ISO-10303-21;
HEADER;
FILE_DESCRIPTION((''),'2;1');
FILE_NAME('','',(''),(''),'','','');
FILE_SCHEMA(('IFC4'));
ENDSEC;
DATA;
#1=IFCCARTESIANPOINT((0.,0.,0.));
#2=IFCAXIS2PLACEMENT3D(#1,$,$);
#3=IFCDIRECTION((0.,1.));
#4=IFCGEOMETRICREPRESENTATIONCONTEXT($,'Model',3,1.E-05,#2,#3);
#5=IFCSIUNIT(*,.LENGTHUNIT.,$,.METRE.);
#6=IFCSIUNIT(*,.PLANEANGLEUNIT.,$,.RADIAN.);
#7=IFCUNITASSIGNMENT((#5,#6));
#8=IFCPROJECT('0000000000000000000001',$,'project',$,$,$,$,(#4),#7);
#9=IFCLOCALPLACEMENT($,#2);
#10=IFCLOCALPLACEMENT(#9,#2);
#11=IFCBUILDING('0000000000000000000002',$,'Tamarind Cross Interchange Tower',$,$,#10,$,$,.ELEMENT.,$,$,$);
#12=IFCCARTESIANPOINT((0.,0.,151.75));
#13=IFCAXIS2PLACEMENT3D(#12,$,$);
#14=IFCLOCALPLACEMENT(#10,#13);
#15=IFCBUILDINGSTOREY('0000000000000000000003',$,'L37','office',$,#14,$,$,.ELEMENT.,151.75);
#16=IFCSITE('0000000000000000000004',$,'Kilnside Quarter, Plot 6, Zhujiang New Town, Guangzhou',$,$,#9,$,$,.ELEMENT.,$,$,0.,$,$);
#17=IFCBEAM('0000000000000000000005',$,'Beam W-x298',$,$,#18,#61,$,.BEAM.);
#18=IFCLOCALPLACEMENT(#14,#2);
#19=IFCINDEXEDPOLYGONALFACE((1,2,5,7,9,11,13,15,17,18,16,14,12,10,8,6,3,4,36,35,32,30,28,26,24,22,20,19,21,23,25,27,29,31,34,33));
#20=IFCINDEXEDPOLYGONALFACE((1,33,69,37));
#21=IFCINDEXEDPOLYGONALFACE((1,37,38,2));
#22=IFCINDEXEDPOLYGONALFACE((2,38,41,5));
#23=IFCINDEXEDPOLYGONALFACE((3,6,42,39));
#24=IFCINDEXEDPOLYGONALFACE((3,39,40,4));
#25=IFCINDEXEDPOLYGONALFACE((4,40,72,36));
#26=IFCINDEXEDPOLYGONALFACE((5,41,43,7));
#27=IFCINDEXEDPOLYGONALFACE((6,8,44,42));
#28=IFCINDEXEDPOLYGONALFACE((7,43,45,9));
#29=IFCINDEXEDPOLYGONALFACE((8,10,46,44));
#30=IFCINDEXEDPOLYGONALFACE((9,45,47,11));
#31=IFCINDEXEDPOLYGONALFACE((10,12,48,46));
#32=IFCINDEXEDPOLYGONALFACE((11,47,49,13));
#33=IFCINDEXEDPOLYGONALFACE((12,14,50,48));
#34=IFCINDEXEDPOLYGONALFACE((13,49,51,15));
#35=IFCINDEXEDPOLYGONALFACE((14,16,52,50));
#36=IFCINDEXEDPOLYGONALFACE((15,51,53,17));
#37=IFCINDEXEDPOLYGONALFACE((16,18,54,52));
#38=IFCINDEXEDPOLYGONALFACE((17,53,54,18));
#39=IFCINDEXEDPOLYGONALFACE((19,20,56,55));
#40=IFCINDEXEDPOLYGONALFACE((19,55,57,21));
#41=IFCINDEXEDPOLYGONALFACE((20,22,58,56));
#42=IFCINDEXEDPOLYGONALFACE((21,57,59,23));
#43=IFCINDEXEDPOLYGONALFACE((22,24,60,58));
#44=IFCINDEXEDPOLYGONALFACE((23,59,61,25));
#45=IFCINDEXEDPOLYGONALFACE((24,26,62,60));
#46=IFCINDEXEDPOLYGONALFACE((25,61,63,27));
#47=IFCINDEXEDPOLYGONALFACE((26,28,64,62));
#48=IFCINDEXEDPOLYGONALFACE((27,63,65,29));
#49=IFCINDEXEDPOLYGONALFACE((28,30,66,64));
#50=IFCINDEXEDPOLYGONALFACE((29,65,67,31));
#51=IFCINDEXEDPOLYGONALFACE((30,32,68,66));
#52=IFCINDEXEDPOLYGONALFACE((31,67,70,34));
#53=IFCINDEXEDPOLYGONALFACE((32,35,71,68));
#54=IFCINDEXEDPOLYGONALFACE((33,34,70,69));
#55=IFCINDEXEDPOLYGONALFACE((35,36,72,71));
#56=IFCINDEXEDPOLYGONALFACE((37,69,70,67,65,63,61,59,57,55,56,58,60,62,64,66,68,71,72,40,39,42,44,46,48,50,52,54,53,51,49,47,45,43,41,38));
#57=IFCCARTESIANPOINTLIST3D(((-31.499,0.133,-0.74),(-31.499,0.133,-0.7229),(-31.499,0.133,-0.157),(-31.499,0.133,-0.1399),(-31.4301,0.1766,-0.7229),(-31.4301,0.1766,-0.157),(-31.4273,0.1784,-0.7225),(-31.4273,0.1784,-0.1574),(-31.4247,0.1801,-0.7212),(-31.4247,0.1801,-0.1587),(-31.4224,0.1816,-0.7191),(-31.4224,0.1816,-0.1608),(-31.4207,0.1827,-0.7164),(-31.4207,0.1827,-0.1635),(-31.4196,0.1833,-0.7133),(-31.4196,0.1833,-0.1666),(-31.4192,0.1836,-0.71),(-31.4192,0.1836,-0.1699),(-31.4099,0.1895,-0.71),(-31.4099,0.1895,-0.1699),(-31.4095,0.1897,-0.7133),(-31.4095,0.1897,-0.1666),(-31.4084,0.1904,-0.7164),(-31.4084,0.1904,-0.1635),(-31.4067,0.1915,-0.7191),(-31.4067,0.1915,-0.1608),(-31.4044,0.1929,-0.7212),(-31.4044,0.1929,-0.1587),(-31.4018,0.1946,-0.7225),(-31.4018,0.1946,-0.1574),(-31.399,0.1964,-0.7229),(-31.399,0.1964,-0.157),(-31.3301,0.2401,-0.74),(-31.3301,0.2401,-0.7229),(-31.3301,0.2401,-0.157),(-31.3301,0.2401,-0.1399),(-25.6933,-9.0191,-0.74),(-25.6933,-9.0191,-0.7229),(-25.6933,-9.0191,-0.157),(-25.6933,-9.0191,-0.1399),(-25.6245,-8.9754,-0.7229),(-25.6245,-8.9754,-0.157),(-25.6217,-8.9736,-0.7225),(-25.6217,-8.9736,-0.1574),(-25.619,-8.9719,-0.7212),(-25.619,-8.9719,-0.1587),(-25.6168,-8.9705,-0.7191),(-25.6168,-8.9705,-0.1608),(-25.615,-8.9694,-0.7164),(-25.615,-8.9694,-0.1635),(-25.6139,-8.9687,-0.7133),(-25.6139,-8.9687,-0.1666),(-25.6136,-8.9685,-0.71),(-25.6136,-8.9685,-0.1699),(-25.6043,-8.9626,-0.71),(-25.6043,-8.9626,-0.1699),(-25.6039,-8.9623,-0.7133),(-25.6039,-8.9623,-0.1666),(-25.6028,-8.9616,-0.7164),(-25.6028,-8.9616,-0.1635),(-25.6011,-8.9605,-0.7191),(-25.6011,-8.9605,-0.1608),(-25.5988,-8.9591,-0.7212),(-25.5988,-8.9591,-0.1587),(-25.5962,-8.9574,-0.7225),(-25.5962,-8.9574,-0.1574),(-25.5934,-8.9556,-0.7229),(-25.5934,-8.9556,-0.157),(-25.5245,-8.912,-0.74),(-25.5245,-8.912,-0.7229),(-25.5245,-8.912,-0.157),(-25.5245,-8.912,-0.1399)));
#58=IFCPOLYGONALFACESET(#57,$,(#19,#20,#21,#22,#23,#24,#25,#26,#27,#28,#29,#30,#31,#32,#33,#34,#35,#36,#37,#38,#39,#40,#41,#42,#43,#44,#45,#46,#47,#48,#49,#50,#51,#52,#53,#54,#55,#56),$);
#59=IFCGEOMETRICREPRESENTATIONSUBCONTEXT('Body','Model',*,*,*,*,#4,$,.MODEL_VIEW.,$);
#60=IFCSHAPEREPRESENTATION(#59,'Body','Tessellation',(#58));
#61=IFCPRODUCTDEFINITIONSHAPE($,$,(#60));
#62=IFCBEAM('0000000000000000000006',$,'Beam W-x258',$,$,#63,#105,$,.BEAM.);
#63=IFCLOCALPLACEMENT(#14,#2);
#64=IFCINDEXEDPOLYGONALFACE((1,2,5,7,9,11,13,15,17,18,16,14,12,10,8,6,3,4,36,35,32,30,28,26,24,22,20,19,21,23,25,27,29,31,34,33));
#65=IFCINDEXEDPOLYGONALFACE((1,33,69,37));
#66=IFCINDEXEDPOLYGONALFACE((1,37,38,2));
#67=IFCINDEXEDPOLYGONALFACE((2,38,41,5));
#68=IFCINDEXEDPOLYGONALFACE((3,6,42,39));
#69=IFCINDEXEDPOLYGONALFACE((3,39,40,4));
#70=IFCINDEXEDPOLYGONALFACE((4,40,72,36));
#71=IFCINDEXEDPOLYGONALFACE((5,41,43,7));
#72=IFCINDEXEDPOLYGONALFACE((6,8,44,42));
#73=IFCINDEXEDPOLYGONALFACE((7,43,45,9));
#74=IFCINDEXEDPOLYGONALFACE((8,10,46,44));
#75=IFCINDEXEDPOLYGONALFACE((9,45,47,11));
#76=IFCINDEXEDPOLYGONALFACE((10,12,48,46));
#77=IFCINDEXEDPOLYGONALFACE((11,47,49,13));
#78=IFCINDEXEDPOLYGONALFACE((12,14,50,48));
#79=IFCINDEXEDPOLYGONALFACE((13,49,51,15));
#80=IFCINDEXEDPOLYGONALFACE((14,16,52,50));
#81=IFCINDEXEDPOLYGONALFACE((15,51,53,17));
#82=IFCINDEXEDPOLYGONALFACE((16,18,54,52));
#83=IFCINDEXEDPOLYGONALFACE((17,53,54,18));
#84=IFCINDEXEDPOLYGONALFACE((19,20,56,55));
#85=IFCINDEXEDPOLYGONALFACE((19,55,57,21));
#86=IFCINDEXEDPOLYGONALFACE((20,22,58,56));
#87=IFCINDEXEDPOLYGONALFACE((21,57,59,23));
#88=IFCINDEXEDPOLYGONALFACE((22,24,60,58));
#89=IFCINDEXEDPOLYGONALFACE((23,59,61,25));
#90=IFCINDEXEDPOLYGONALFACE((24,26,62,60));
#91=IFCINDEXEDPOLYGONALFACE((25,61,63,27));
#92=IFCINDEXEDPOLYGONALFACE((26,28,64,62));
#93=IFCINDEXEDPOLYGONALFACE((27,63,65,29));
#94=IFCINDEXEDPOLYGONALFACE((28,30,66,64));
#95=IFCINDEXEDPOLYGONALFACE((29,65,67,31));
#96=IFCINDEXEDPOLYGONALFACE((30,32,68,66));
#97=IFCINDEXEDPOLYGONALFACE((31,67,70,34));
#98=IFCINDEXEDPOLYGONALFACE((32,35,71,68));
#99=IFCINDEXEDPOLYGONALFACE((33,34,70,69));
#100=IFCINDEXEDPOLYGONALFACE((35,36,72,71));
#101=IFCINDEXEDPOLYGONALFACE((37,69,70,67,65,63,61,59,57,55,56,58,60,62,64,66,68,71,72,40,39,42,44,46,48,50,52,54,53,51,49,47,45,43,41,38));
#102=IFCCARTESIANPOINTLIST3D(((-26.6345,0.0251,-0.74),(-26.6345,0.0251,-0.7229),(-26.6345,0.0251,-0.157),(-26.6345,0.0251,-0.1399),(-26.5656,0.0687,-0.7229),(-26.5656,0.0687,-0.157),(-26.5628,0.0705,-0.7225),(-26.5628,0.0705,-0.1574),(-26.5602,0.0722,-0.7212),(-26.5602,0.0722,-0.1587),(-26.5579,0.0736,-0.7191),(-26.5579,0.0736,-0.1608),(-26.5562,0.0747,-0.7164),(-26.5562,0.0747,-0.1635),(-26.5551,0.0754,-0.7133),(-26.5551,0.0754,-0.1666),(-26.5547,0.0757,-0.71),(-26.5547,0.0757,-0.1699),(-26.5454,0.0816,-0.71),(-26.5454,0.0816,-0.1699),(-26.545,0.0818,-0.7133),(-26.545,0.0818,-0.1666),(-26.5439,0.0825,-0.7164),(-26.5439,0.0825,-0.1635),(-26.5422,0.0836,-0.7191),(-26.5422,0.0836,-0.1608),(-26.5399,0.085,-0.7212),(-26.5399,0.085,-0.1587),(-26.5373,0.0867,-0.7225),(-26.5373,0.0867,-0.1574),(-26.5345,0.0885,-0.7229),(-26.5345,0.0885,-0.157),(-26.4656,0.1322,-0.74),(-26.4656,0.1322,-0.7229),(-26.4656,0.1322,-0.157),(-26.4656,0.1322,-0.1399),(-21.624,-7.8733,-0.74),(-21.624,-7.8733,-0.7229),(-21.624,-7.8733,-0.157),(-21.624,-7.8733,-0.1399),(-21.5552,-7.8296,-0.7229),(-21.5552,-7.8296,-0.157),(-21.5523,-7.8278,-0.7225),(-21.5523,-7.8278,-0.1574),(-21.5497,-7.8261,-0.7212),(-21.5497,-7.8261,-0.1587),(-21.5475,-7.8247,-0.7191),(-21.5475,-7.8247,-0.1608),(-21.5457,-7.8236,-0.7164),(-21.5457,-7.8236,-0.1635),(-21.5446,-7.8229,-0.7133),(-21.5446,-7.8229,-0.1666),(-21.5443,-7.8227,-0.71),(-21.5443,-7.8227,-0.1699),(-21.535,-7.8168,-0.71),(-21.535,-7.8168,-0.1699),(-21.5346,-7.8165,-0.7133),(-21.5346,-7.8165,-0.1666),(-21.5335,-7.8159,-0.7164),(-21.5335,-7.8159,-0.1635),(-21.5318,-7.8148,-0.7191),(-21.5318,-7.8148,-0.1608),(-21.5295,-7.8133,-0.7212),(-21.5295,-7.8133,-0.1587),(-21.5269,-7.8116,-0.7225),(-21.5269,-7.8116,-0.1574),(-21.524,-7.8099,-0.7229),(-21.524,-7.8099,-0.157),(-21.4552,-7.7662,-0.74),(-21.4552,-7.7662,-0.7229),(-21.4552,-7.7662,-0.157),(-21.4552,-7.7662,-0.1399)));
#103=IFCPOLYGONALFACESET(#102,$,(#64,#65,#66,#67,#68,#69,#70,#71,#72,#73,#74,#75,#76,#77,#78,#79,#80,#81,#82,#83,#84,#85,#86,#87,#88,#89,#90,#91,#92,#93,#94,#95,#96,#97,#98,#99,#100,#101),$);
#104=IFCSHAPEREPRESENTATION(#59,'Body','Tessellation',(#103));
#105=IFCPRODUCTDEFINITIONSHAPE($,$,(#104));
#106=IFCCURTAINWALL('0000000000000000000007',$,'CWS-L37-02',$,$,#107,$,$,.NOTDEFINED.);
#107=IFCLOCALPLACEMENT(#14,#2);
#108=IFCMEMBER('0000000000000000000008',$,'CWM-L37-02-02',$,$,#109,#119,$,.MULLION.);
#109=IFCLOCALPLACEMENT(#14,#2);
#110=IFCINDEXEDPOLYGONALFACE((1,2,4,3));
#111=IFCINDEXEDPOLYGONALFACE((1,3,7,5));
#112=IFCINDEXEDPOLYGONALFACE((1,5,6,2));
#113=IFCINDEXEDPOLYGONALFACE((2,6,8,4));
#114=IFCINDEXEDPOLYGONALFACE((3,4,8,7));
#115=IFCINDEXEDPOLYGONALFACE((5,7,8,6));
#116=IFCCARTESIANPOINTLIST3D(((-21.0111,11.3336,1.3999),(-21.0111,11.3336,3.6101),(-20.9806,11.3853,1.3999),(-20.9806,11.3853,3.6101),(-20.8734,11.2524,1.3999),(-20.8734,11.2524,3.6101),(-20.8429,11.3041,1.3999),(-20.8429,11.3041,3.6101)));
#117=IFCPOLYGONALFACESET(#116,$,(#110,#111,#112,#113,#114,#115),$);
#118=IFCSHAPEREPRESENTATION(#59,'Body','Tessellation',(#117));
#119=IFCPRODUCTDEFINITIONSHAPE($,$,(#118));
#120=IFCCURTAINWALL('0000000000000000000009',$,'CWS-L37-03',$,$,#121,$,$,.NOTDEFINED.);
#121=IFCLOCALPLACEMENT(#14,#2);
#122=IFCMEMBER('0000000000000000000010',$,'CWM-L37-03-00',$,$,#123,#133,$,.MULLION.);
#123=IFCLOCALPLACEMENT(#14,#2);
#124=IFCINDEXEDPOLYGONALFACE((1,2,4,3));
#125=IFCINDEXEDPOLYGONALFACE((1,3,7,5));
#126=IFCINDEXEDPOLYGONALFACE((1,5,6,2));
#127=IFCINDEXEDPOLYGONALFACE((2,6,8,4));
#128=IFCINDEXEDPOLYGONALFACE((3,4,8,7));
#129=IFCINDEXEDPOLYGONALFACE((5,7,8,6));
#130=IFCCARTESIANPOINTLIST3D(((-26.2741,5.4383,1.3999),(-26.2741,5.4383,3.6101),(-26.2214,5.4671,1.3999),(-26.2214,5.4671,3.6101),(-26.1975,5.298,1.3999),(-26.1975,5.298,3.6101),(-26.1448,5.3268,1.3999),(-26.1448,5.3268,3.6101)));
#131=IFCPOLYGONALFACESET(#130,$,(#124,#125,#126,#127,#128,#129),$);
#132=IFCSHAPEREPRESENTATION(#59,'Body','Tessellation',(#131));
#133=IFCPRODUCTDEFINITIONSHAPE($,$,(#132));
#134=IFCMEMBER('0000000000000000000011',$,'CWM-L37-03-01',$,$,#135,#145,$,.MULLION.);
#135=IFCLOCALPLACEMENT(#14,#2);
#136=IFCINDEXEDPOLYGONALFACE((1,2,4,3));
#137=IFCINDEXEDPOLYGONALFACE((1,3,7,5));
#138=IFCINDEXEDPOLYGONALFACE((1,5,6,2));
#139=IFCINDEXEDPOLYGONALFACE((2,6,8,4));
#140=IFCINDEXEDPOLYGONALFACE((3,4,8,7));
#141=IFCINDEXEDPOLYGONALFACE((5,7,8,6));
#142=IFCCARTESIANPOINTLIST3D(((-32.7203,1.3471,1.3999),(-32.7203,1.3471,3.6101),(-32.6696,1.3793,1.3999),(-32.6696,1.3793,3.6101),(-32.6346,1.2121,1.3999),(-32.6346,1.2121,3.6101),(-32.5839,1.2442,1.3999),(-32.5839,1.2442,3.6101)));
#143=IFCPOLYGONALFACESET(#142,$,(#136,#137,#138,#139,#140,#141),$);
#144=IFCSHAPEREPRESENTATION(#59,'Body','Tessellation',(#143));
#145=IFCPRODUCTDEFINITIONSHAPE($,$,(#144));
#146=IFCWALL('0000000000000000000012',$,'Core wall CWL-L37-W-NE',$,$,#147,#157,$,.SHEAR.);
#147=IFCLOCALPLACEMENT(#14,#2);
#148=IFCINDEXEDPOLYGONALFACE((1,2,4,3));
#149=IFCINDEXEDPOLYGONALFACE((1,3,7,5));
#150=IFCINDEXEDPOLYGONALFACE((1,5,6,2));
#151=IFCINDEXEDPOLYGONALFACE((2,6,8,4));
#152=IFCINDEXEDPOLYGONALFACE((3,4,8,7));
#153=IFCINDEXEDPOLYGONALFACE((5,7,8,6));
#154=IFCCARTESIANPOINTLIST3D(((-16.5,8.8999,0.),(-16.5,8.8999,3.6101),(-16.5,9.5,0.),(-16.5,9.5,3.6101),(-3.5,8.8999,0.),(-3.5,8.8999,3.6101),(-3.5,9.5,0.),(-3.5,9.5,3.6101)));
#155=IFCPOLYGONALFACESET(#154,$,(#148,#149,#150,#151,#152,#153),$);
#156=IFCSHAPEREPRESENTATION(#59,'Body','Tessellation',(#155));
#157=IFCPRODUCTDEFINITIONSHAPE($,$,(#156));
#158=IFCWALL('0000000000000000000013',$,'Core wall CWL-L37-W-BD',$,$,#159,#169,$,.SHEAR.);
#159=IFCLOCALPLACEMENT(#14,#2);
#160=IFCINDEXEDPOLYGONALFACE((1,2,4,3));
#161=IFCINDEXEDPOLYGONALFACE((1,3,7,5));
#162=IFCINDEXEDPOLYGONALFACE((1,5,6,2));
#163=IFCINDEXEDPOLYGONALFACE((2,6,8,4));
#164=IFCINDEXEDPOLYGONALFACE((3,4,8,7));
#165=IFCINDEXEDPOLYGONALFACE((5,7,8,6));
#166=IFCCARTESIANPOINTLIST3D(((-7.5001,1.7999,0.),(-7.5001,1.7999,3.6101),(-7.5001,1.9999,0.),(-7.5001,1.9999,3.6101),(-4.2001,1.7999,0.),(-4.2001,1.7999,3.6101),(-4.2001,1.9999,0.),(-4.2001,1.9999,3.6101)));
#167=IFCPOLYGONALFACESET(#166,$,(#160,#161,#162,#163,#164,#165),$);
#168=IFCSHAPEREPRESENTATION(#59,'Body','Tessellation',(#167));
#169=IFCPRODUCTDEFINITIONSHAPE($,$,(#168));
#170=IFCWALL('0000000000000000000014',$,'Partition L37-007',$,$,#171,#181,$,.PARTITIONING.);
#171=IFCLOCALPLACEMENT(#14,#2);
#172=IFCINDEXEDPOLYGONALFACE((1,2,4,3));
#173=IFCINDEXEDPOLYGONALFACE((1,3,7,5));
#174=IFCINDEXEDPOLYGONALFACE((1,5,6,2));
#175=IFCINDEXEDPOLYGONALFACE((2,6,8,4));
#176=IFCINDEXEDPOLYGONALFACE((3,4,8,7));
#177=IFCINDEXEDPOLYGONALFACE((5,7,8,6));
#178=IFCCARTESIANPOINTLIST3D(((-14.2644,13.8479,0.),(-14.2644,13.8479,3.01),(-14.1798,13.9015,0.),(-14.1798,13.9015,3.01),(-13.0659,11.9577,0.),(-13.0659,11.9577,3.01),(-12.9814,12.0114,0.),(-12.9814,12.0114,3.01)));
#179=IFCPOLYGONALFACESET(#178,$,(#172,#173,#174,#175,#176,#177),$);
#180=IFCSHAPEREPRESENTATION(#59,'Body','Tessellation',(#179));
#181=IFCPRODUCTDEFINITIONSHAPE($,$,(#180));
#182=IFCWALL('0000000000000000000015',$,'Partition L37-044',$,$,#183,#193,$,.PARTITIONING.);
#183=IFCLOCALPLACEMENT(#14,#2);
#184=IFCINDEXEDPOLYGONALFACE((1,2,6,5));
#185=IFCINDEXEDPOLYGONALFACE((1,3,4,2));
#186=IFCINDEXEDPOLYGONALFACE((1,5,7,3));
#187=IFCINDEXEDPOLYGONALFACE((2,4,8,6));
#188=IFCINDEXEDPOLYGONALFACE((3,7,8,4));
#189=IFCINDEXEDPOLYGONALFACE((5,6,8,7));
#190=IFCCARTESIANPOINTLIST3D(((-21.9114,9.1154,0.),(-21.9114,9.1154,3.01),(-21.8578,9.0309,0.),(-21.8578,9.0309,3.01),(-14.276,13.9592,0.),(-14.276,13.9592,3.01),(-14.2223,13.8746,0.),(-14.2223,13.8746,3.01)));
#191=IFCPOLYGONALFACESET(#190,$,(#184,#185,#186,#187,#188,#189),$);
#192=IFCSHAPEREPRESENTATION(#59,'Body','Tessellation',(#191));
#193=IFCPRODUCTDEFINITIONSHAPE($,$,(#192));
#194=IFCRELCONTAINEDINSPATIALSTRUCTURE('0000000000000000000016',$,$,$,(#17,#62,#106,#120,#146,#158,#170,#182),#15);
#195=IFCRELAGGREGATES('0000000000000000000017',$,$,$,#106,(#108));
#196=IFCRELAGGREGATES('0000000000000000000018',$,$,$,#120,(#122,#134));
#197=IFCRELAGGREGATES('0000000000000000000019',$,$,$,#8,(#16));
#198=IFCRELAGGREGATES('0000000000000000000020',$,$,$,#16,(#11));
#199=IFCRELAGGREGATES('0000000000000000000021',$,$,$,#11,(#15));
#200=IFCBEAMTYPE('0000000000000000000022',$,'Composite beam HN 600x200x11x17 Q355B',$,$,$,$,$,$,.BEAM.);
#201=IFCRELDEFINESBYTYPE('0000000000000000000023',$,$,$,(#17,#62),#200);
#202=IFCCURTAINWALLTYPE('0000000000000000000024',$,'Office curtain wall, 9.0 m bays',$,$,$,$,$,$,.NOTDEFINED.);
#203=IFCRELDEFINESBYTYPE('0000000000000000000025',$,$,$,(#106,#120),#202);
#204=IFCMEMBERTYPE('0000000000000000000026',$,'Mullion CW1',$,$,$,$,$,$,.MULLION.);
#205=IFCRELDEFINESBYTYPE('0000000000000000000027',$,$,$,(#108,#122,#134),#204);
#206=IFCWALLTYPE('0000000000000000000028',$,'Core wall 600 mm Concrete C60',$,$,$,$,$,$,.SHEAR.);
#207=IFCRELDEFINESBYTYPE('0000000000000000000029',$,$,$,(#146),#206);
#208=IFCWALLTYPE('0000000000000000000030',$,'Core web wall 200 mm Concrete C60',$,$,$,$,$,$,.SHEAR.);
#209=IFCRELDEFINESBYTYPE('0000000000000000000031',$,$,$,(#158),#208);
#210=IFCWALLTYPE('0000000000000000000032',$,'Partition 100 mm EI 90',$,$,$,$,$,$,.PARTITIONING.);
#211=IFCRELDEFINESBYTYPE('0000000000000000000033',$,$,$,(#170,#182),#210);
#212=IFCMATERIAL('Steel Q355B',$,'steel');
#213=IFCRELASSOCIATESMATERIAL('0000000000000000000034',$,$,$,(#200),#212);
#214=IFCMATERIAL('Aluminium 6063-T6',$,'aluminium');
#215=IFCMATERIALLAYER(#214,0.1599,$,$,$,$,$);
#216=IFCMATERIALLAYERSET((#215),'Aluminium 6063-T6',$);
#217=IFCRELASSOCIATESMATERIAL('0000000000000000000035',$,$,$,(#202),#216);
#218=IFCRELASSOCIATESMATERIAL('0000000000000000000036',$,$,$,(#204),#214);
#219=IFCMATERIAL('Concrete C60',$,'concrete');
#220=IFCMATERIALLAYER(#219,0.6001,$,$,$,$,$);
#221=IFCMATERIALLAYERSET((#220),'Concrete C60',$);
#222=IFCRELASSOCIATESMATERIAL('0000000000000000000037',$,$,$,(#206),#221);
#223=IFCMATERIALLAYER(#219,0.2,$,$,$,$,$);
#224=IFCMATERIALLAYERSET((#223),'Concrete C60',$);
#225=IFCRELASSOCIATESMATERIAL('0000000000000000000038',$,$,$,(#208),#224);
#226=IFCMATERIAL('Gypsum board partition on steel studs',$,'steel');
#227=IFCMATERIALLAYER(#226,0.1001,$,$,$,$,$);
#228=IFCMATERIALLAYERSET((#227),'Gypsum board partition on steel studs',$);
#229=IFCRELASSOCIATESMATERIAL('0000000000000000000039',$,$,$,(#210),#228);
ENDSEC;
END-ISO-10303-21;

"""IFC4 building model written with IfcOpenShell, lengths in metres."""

from ifc_helpers import new_model, si_unit, direction, frame, frame_2d, origin, origin_2d, place, context, subcontext, project, spatial, rectangle, i_section, extrude, material, layer, layer_set, material_profile, profile_set, type_object, element, aggregate, save


model = new_model("IFC4")

# Units and contexts
model_context = context("Model", 3, precision=1e-05, world=origin(), true_north=direction((0.0, 1.0)))
body_context = subcontext(model_context, "Body", "Model", "MODEL_VIEW")
ifc_project = project(units=[si_unit("LENGTHUNIT", "METRE"), si_unit("PLANEANGLEUNIT", "RADIAN")], contexts=[model_context])

# Site, building, storey
site_placement = place(None, origin())
site = spatial("IfcSite", under=ifc_project, at=site_placement, Name="Kilnside Quarter, Plot 6, Zhujiang New Town, Guangzhou", CompositionType="ELEMENT", RefElevation=0.0)
building_placement = place(site_placement, origin())
building = spatial("IfcBuilding", under=site, at=building_placement, Name="Tamarind Cross Interchange Tower", CompositionType="ELEMENT")
storey_placement = place(building_placement, frame((0.0, 0.0, 151.75)))
storey = spatial("IfcBuildingStorey", under=building, at=storey_placement, Name="L37", Description="office", CompositionType="ELEMENT", Elevation=151.75)

# Shared definitions
ifc_material_1 = material(Name="Concrete C60", Category="concrete")

# Beams
ifc_material_2 = material(Name="Steel Q355B", Category="steel")
ifc_material_profile_1 = material_profile(ifc_material_2, i_section(OverallWidth=0.2, OverallDepth=0.6001, WebThickness=0.011, FlangeThickness=0.0171, FilletRadius=0.0129, at=origin_2d()), Name="HN 600x200x11x17")
ifc_profile_set_1 = profile_set([ifc_material_profile_1], Name="Steel Q355B")
beam_type_1 = type_object("IfcBeamType", Name="Composite beam HN 600x200x11x17 Q355B", PredefinedType="BEAM", material=ifc_profile_set_1)
beam_1_placement = place(storey_placement, frame((-31.4146, 0.1865, -0.4399), z_axis=(0.535667, -0.84443, 0.0), x_axis=(0.84443, 0.535667, 0.0)))
element("IfcBeam", 1, at=beam_1_placement, inside=storey, type_object=beam_type_1, Name="Beam W-x298", PredefinedType="BEAM", context=body_context, shape_type="SweptSolid", body=[
    extrude(i_section(OverallWidth=0.2, OverallDepth=0.6001, WebThickness=0.011, FlangeThickness=0.0171, FilletRadius=0.0129, at=origin_2d()), origin(), (0.0, 0.0, 1.0), 10.8381),
])
beam_2_placement = place(storey_placement, frame((-26.55, 0.0786, -0.4399), z_axis=(0.535674, -0.844425, 0.0), x_axis=(0.844425, 0.535674, 0.0)))
element("IfcBeam", 2, at=beam_2_placement, inside=storey, type_object=beam_type_1, Name="Beam W-x258", PredefinedType="BEAM", context=body_context, shape_type="SweptSolid", body=[
    extrude(i_section(OverallWidth=0.2, OverallDepth=0.6001, WebThickness=0.011, FlangeThickness=0.0171, FilletRadius=0.0129, at=origin_2d()), origin(), (0.0, 0.0, 1.0), 9.3535),
])

# Curtain wall, member
ifc_material_3 = material(Name="Aluminium 6063-T6", Category="aluminium")
ifc_layer_1 = layer(ifc_material_3, 0.1599)
ifc_layer_set_1 = layer_set([ifc_layer_1], Name="Aluminium 6063-T6")
curtain_wall_type = type_object("IfcCurtainWallType", Name="Office curtain wall, 9.0 m bays", PredefinedType="NOTDEFINED", material=ifc_layer_set_1)
curtain_wall_1_placement = place(storey_placement, origin())
curtain_wall_1 = element("IfcCurtainWall", 3, at=curtain_wall_1_placement, inside=storey, type_object=curtain_wall_type, Name="CWS-L37-02", PredefinedType="NOTDEFINED")
ifc_material_profile_2 = material_profile(ifc_material_3, rectangle(XDim=0.0601, YDim=0.1599, at=origin_2d()), Name="Mullion CW1")
ifc_profile_set_2 = profile_set([ifc_material_profile_2], Name="Aluminium 6063-T6")
member_type = type_object("IfcMemberType", Name="Mullion CW1", PredefinedType="MULLION", material=ifc_profile_set_2)
member_1_placement = place(storey_placement, frame((-20.927, 11.3188, 1.3999), z_axis=(0.0, 0.0, 1.0), x_axis=(-0.508183, -0.861249, 0.0)))
member_1 = element("IfcMember", 4, at=member_1_placement, type_object=member_type, Name="CWM-L37-02-02", PredefinedType="MULLION", context=body_context, shape_type="SweptSolid", body=[
    extrude(rectangle(XDim=0.0601, YDim=0.1599, at=origin_2d()), origin(), (0.0, 0.0, 1.0), 2.2102),
])
aggregate(curtain_wall_1, [member_1])

# Curtain wall, members
curtain_wall_2_placement = place(storey_placement, origin())
curtain_wall_2 = element("IfcCurtainWall", 5, at=curtain_wall_2_placement, inside=storey, type_object=curtain_wall_type, Name="CWS-L37-03", PredefinedType="NOTDEFINED")
member_2_placement = place(storey_placement, frame((-26.2095, 5.3826, 1.3999), z_axis=(0.0, 0.0, 1.0), x_axis=(-0.877659, -0.479286, 0.0)))
member_2 = element("IfcMember", 6, at=member_2_placement, type_object=member_type, Name="CWM-L37-03-00", PredefinedType="MULLION", context=body_context, shape_type="SweptSolid", body=[
    extrude(rectangle(XDim=0.0601, YDim=0.1599, at=origin_2d()), origin(), (0.0, 0.0, 1.0), 2.2102),
])
member_3_placement = place(storey_placement, frame((-32.6521, 1.2957, 1.3999), z_axis=(0.0, 0.0, 1.0), x_axis=(-0.844433, -0.535662, 0.0)))
member_3 = element("IfcMember", 7, at=member_3_placement, type_object=member_type, Name="CWM-L37-03-01", PredefinedType="MULLION", context=body_context, shape_type="SweptSolid", body=[
    extrude(rectangle(XDim=0.0601, YDim=0.1599, at=origin_2d()), origin(), (0.0, 0.0, 1.0), 2.2102),
])
aggregate(curtain_wall_2, [member_2, member_3])

# Walls
ifc_layer_2 = layer(ifc_material_1, 0.6001)
ifc_layer_set_2 = layer_set([ifc_layer_2], Name="Concrete C60")
wall_type_1 = type_object("IfcWallType", Name="Core wall 600 mm Concrete C60", PredefinedType="SHEAR", material=ifc_layer_set_2)
wall_1_placement = place(storey_placement, frame((-16.5, 9.2, 0.0), z_axis=(0.0, 0.0, 1.0), x_axis=(1.0, 0.0, 0.0)))
element("IfcWall", 8, at=wall_1_placement, inside=storey, type_object=wall_type_1, Name="Core wall CWL-L37-W-NE", PredefinedType="SHEAR", context=body_context, shape_type="SweptSolid", body=[
    extrude(rectangle(XDim=13.0, YDim=0.6001, at=frame_2d((6.5, 0.0))), origin(), (0.0, 0.0, 1.0), 3.6101),
])
ifc_layer_3 = layer(ifc_material_1, 0.2)
ifc_layer_set_3 = layer_set([ifc_layer_3], Name="Concrete C60")
wall_type_2 = type_object("IfcWallType", Name="Core web wall 200 mm Concrete C60", PredefinedType="SHEAR", material=ifc_layer_set_3)
wall_2_placement = place(storey_placement, frame((-7.5, 1.8999, 0.0), z_axis=(0.0, 0.0, 1.0), x_axis=(1.0, 0.0, 0.0)))
element("IfcWall", 9, at=wall_2_placement, inside=storey, type_object=wall_type_2, Name="Core wall CWL-L37-W-BD", PredefinedType="SHEAR", context=body_context, shape_type="SweptSolid", body=[
    extrude(rectangle(XDim=3.3, YDim=0.2, at=frame_2d((1.6499, 0.0))), origin(), (0.0, 0.0, 1.0), 3.6101),
])
ifc_material_4 = material(Name="Gypsum board partition on steel studs", Category="steel")
ifc_layer_4 = layer(ifc_material_4, 0.1001)
ifc_layer_set_4 = layer_set([ifc_layer_4], Name="Gypsum board partition on steel studs")
wall_type_3 = type_object("IfcWallType", Name="Partition 100 mm EI 90", PredefinedType="PARTITIONING", material=ifc_layer_set_4)
wall_3_placement = place(storey_placement, frame((-14.2222, 13.8748, 0.0), z_axis=(0.0, 0.0, 1.0), x_axis=(0.535498, -0.844536, 0.0)))
element("IfcWall", 10, at=wall_3_placement, inside=storey, type_object=wall_type_3, Name="Partition L37-007", PredefinedType="PARTITIONING", context=body_context, shape_type="SweptSolid", body=[
    extrude(rectangle(XDim=2.238, YDim=0.1001, at=frame_2d((1.1191, 0.0))), origin(), (0.0, 0.0, 1.0), 3.01),
])
wall_4_placement = place(storey_placement, frame((-21.8845, 9.0732, 0.0), z_axis=(0.0, 0.0, 1.0), x_axis=(0.844422, 0.535678, 0.0)))
element("IfcWall", 11, at=wall_4_placement, inside=storey, type_object=wall_type_3, Name="Partition L37-044", PredefinedType="PARTITIONING", context=body_context, shape_type="SweptSolid", body=[
    extrude(rectangle(XDim=9.0422, YDim=0.1001, at=frame_2d((4.521, 0.0))), origin(), (0.0, 0.0, 1.0), 3.01),
])

save(model, "model.ifc")
